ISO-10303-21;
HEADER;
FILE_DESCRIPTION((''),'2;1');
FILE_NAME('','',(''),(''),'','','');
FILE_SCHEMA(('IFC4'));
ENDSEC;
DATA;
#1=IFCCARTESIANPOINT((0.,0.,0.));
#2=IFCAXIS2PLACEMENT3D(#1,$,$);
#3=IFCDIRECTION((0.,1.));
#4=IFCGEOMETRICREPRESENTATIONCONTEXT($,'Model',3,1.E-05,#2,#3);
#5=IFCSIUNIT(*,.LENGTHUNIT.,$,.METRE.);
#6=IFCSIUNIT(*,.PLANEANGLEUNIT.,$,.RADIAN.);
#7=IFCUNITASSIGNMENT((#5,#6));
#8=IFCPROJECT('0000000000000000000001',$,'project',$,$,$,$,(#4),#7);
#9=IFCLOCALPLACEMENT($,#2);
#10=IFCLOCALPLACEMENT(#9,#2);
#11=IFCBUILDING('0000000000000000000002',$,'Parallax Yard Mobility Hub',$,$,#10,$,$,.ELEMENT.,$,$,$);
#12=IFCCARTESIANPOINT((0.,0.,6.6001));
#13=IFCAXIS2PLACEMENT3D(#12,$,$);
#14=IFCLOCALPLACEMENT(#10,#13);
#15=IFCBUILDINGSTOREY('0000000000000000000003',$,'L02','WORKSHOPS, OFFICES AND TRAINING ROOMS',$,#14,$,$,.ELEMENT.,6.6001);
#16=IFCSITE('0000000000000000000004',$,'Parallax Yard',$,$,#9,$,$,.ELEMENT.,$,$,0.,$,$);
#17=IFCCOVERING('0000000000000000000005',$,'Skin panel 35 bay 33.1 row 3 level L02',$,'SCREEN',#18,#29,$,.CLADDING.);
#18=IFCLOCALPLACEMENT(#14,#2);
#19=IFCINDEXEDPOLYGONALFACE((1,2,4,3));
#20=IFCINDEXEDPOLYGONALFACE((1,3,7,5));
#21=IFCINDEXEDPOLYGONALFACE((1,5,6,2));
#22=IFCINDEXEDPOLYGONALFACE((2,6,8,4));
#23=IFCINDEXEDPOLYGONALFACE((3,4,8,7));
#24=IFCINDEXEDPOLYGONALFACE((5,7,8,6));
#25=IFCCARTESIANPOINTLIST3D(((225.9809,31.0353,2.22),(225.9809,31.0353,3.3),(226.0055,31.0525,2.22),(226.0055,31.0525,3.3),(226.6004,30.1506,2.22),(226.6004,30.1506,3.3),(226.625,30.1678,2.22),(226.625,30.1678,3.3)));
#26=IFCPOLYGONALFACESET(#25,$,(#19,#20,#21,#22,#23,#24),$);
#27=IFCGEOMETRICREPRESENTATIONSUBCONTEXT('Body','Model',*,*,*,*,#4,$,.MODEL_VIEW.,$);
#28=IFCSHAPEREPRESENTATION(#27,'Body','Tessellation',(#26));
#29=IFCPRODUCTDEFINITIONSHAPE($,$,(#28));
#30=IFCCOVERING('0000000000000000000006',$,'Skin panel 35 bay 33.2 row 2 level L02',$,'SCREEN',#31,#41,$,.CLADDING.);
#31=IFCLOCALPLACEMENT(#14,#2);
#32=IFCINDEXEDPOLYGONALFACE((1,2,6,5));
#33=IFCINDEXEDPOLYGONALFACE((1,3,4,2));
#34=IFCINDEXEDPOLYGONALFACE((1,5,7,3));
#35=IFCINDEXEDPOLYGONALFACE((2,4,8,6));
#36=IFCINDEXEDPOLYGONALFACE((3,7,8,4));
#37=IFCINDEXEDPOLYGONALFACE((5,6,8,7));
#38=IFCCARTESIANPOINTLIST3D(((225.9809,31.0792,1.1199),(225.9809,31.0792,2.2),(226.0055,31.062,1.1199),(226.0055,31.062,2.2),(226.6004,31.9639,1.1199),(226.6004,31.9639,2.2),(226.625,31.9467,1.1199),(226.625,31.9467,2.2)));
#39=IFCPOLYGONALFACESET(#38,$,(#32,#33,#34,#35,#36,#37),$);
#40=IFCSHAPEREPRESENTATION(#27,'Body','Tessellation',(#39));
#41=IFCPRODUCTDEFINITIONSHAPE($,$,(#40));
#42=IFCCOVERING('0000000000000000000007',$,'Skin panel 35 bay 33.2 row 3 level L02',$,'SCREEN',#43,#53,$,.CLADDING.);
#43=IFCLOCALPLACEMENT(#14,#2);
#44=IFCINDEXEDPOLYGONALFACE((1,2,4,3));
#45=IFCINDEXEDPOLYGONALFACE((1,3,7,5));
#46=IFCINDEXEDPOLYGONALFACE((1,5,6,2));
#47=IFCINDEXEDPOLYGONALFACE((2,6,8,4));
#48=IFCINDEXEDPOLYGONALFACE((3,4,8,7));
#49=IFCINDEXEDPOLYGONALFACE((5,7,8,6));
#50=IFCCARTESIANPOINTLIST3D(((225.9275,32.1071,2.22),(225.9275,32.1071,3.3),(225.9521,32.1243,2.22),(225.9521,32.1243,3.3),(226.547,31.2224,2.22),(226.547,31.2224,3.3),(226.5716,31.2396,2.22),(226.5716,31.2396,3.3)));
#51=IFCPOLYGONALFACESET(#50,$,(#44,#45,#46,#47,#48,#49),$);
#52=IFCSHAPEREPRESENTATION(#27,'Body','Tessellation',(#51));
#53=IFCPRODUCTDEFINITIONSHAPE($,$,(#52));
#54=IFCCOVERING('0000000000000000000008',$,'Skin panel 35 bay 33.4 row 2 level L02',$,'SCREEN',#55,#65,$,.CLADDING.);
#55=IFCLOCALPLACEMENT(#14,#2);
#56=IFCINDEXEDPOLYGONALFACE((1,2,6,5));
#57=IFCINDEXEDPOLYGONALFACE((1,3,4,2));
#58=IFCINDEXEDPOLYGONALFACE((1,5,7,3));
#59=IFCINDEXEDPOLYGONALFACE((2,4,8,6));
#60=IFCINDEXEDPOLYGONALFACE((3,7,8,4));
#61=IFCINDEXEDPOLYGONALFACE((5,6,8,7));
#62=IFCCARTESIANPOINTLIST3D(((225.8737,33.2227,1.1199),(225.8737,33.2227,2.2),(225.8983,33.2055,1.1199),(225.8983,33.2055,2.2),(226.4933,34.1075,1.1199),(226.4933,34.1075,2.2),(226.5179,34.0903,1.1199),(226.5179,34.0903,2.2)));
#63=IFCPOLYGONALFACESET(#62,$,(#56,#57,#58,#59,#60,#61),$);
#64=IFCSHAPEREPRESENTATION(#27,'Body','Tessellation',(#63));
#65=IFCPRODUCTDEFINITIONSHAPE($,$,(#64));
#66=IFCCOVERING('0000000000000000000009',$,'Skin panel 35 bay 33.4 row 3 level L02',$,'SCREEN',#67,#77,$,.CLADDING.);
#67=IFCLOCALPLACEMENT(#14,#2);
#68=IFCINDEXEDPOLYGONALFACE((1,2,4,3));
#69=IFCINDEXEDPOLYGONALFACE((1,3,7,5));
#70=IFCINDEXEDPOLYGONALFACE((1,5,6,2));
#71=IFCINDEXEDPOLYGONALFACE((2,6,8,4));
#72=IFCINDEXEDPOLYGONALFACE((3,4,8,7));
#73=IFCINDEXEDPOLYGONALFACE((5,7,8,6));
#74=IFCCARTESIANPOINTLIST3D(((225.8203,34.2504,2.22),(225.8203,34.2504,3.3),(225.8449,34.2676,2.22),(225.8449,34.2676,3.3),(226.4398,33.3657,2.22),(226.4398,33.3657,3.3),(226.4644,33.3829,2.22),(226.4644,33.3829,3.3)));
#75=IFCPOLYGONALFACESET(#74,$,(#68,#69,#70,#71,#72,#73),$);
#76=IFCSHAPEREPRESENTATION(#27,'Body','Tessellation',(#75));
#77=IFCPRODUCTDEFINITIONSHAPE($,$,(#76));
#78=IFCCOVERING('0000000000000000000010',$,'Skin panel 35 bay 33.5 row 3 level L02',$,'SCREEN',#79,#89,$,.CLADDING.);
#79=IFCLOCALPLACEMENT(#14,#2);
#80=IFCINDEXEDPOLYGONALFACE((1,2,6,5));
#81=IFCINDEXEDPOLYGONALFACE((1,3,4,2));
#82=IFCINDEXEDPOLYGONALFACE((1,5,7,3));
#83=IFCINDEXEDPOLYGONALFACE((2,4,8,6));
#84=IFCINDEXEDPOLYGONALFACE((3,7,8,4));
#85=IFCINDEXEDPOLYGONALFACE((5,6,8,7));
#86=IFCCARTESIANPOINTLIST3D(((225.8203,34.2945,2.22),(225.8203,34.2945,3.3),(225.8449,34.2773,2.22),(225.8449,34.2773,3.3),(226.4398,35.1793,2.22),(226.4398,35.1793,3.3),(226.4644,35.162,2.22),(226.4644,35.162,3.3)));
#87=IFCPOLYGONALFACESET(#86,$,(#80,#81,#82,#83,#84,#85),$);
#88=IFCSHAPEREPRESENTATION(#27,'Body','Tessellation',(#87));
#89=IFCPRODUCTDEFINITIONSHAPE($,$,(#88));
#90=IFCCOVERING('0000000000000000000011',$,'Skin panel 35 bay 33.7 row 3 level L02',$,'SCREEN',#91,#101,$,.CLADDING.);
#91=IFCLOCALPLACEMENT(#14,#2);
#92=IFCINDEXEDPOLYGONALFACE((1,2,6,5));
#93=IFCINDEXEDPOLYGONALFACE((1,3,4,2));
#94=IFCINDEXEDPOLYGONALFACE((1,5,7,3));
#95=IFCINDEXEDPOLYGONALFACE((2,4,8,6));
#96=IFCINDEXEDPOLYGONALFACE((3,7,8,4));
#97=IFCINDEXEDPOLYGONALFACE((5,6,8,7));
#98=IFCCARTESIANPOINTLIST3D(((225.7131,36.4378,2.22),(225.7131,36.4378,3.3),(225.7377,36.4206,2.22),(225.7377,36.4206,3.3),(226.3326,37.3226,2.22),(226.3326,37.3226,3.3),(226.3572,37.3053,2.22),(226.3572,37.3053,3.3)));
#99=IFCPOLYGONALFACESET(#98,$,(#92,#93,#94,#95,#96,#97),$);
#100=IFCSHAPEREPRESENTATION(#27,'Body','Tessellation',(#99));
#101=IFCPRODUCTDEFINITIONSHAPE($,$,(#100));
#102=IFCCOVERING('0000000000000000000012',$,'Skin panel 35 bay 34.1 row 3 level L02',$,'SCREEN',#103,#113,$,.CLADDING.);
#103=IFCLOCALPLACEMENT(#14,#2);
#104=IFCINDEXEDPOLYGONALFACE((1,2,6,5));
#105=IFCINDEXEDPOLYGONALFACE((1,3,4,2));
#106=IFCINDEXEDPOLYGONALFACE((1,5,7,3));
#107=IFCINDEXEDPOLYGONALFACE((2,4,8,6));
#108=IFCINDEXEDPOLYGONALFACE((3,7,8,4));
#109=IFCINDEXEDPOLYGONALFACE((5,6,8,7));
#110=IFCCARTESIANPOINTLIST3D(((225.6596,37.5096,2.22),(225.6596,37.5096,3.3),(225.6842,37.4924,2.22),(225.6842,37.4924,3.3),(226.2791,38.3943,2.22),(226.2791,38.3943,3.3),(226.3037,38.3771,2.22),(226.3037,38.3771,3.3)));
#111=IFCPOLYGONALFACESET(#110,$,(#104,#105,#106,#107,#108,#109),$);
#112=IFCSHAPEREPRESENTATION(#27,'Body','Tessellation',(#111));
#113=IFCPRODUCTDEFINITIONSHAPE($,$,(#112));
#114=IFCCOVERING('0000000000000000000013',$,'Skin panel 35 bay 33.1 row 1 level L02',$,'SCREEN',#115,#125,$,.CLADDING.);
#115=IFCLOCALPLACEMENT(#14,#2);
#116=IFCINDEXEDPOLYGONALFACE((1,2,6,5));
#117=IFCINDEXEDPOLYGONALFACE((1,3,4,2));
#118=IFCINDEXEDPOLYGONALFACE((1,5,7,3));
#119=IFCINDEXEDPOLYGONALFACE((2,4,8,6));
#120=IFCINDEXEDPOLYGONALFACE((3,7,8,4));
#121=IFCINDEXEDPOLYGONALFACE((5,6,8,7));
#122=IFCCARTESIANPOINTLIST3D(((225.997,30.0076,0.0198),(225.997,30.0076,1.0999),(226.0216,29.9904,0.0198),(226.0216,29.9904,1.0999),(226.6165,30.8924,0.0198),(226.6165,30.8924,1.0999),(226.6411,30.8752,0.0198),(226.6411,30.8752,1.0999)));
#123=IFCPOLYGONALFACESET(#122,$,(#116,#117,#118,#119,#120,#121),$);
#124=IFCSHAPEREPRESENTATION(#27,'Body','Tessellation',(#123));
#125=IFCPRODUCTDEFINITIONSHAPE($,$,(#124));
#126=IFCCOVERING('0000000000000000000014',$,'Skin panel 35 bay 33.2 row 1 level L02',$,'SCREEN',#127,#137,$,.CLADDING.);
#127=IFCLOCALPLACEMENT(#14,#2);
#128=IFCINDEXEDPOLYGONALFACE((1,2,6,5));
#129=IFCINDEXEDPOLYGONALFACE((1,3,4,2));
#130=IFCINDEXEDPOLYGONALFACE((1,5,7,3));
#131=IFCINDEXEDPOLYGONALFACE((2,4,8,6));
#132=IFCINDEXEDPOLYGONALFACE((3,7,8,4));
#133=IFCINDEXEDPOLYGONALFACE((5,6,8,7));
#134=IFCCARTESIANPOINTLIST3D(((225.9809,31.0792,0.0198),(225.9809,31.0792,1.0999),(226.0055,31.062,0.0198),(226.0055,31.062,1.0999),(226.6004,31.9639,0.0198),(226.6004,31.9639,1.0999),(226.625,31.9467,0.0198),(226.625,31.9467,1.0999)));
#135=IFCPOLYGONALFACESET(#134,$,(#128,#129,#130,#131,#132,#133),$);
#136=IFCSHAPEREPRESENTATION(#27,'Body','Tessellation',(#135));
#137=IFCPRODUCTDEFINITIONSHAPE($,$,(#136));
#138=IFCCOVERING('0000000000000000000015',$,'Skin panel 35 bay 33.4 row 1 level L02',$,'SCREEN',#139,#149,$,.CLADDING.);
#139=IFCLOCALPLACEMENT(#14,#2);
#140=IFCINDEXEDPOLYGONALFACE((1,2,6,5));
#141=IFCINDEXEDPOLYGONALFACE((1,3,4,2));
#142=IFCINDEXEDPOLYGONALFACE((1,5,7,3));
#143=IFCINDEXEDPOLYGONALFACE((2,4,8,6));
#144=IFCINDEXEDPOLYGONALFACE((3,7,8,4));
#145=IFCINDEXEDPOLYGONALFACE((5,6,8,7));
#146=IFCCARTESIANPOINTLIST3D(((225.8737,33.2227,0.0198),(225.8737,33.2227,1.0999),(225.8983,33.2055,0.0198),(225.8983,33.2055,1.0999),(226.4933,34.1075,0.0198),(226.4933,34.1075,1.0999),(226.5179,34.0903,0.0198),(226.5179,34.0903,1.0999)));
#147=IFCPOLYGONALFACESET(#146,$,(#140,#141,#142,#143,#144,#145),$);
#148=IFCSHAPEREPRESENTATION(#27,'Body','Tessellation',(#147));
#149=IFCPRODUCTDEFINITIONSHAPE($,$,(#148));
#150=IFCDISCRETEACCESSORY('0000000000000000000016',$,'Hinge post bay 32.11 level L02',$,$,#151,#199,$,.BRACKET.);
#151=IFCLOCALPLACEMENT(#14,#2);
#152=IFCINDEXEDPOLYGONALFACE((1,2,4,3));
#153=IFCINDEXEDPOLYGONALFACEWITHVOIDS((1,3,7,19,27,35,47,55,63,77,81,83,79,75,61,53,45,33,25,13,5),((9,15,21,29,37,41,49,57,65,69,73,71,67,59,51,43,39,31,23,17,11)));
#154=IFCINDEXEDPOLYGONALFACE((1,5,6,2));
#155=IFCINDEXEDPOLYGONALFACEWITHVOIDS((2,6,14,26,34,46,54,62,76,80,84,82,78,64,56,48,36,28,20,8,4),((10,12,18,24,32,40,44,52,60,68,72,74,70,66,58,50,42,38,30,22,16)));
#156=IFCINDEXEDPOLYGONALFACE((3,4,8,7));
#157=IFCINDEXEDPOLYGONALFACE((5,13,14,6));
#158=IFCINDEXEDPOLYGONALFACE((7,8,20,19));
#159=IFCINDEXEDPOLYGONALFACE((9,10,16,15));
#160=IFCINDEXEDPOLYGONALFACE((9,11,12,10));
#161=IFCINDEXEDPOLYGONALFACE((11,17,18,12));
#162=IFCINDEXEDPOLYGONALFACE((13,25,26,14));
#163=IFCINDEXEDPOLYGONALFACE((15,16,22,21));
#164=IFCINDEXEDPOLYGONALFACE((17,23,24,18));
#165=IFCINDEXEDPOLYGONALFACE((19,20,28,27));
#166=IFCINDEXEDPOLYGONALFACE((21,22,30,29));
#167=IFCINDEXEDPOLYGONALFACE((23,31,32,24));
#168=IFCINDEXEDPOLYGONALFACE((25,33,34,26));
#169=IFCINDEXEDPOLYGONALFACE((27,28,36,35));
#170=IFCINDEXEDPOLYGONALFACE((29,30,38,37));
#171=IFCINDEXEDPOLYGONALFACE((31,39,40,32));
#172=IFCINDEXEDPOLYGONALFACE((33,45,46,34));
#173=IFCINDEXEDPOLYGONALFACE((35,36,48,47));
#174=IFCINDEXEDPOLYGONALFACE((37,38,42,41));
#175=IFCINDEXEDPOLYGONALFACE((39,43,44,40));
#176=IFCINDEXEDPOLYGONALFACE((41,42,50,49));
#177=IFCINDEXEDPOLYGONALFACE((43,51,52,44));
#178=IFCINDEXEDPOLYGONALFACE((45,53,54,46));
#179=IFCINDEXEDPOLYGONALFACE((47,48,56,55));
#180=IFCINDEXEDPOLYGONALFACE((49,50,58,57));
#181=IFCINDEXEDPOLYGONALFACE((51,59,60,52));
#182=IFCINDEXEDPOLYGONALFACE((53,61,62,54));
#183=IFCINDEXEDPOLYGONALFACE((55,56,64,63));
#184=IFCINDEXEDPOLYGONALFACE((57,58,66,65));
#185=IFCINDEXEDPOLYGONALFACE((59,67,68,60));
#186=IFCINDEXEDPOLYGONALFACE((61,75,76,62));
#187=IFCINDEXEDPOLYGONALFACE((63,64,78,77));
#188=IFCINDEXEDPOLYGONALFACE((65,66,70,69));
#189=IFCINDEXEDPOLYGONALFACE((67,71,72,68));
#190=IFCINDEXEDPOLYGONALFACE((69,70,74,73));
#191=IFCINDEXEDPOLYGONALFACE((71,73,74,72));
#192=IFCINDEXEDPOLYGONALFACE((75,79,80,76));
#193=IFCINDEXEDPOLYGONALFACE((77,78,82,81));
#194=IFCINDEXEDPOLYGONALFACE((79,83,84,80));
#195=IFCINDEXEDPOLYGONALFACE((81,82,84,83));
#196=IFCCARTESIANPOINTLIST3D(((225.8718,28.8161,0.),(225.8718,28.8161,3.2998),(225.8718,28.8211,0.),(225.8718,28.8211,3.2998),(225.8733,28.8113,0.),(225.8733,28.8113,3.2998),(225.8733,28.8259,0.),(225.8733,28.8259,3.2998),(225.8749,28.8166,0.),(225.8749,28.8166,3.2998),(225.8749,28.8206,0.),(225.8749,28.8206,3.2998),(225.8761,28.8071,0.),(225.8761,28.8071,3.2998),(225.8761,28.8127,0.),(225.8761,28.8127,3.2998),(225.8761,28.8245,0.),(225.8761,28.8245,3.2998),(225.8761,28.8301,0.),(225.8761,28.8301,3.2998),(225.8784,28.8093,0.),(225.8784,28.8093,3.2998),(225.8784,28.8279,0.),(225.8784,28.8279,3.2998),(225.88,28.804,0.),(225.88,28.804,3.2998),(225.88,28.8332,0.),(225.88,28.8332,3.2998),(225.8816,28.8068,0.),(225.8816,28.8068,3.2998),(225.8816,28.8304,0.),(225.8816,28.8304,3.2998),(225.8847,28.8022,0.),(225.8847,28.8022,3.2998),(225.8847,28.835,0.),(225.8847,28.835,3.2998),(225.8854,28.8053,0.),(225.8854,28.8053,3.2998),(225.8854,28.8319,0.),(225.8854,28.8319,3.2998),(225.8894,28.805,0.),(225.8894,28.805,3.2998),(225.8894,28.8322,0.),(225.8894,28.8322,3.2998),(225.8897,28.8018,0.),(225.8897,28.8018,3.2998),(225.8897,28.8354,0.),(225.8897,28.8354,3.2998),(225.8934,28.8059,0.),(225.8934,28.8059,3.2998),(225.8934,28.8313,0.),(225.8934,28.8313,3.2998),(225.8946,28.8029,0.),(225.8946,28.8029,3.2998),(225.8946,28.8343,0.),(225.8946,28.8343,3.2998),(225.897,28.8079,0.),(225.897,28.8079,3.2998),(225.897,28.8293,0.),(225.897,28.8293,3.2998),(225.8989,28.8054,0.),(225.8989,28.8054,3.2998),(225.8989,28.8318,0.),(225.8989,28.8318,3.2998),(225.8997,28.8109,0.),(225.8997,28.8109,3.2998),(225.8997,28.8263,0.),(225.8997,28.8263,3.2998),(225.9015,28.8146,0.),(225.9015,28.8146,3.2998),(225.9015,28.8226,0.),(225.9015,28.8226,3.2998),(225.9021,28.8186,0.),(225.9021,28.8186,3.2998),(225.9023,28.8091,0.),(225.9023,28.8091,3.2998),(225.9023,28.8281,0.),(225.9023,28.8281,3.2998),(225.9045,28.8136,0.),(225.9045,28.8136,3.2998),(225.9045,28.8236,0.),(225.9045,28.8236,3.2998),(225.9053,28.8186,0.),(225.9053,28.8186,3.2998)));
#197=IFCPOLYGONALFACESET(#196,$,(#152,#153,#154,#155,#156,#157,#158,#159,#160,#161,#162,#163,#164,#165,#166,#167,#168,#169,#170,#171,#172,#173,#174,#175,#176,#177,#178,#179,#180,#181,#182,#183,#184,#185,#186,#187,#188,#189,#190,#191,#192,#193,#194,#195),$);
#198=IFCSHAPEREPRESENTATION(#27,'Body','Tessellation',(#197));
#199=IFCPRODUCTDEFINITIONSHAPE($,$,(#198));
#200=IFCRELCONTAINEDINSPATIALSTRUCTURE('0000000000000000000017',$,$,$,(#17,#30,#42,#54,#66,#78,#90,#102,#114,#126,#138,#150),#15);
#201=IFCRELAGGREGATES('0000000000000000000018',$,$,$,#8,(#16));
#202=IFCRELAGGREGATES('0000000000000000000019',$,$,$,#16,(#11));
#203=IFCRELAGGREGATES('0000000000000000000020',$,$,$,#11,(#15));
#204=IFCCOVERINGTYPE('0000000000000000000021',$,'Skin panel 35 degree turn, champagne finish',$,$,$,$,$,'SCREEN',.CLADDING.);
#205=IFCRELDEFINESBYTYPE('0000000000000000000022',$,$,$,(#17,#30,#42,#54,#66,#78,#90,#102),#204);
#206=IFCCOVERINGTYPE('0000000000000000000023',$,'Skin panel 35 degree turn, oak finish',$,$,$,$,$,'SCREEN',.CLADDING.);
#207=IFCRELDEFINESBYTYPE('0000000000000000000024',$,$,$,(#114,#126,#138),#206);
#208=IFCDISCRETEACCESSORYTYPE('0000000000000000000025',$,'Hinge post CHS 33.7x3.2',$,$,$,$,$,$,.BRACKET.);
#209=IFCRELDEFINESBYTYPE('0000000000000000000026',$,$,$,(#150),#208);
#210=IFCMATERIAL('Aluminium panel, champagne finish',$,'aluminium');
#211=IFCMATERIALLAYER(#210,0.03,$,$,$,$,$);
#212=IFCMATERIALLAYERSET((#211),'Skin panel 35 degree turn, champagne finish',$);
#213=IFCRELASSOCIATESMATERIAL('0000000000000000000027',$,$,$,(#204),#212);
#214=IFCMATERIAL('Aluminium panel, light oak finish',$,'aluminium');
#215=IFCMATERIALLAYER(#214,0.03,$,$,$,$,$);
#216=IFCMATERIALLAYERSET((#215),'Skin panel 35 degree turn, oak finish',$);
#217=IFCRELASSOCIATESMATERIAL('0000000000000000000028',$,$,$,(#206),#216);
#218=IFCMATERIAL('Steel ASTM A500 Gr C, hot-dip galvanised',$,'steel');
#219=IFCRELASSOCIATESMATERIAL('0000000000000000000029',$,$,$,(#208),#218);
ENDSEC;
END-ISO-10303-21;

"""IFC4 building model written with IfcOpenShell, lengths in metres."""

from ifc_helpers import new_model, si_unit, direction, frame, origin, origin_2d, place, context, subcontext, project, spatial, rectangle, hollow_circle, extrude, material, layer, layer_set, material_profile, profile_set, type_object, element, save


model = new_model("IFC4")

# Units and contexts
model_context = context("Model", 3, precision=1e-05, world=origin(), true_north=direction((0.0, 1.0)))
body_context = subcontext(model_context, "Body", "Model", "MODEL_VIEW")
ifc_project = project(units=[si_unit("LENGTHUNIT", "METRE"), si_unit("PLANEANGLEUNIT", "RADIAN")], contexts=[model_context])

# Site, building, storey
site_placement = place(None, origin())
site = spatial("IfcSite", under=ifc_project, at=site_placement, Name="Parallax Yard", CompositionType="ELEMENT", RefElevation=0.0)
building_placement = place(site_placement, origin())
building = spatial("IfcBuilding", under=site, at=building_placement, Name="Parallax Yard Mobility Hub", CompositionType="ELEMENT")
storey_placement = place(building_placement, frame((0.0, 0.0, 6.6001)))
storey = spatial("IfcBuildingStorey", under=building, at=storey_placement, Name="L02", Description="WORKSHOPS, OFFICES AND TRAINING ROOMS", CompositionType="ELEMENT", Elevation=6.6001)

# Coverings
ifc_material_1 = material(Name="Aluminium panel, champagne finish", Category="aluminium")
ifc_material_2 = material(Name="Aluminium panel, light oak finish", Category="aluminium")
ifc_layer_1 = layer(ifc_material_1, 0.03)
ifc_layer_set_1 = layer_set([ifc_layer_1], Name="Skin panel 35 degree turn, champagne finish")
covering_type_1 = type_object("IfcCoveringType", Name="Skin panel 35 degree turn, champagne finish", ElementType="SCREEN", PredefinedType="CLADDING", material=ifc_layer_set_1)
for number, where, z_axis, x_axis, name in (
    (1, (226.303, 30.6016, 2.22), (0.0, 0.0, 1.0), (0.573576, -0.819152, 0.0), "Skin panel 35 bay 33.1 row 3 level L02"),
    (2, (226.303, 31.5129, 1.1199), (0.0, 0.0, 1.0), (0.573576, 0.819152, 0.0), "Skin panel 35 bay 33.2 row 2 level L02"),
    (3, (226.2495, 31.6733, 2.22), (0.0, 0.0, 1.0), (0.573576, -0.819152, 0.0), "Skin panel 35 bay 33.2 row 3 level L02"),
    (4, (226.1958, 33.6565, 1.1199), (0.0, 0.0, 1.0), (0.573576, 0.819152, 0.0), "Skin panel 35 bay 33.4 row 2 level L02"),
    (5, (226.1423, 33.8167, 2.22), (0.0, 0.0, 1.0), (0.573576, -0.819152, 0.0), "Skin panel 35 bay 33.4 row 3 level L02"),
    (6, (226.1423, 34.7283, 2.22), (0.0, 0.0, 1.0), (0.573576, 0.819152, 0.0), "Skin panel 35 bay 33.5 row 3 level L02"),
    (7, (226.0352, 36.8716, 2.22), (0.0, 0.0, 1.0), (0.573576, 0.819152, 0.0), "Skin panel 35 bay 33.7 row 3 level L02"),
    (8, (225.9817, 37.9434, 2.22), (0.0, 0.0, 1.0), (0.573576, 0.819152, 0.0), "Skin panel 35 bay 34.1 row 3 level L02"),
):
    element("IfcCovering", number, at=place(storey_placement, frame(where, z_axis=z_axis, x_axis=x_axis)), inside=storey, type_object=covering_type_1, Name=name, ObjectType="SCREEN", PredefinedType="CLADDING", context=body_context, shape_type="SweptSolid", body=[
        extrude(rectangle(XDim=1.0801, YDim=0.03, at=origin_2d()), origin(), (0.0, 0.0, 1.0), 1.0801),
    ])
ifc_layer_2 = layer(ifc_material_2, 0.03)
ifc_layer_set_2 = layer_set([ifc_layer_2], Name="Skin panel 35 degree turn, oak finish")
covering_type_2 = type_object("IfcCoveringType", Name="Skin panel 35 degree turn, oak finish", ElementType="SCREEN", PredefinedType="CLADDING", material=ifc_layer_set_2)
for number, where, z_axis, x_axis, name in (
    (9, (226.3191, 30.4414, 0.0198), (0.0, 0.0, 1.0), (0.573576, 0.819152, 0.0), "Skin panel 35 bay 33.1 row 1 level L02"),
    (10, (226.303, 31.5129, 0.0198), (0.0, 0.0, 1.0), (0.573576, 0.819152, 0.0), "Skin panel 35 bay 33.2 row 1 level L02"),
    (11, (226.1958, 33.6565, 0.0198), (0.0, 0.0, 1.0), (0.573576, 0.819152, 0.0), "Skin panel 35 bay 33.4 row 1 level L02"),
):
    element("IfcCovering", number, at=place(storey_placement, frame(where, z_axis=z_axis, x_axis=x_axis)), inside=storey, type_object=covering_type_2, Name=name, ObjectType="SCREEN", PredefinedType="CLADDING", context=body_context, shape_type="SweptSolid", body=[
        extrude(rectangle(XDim=1.0801, YDim=0.03, at=origin_2d()), origin(), (0.0, 0.0, 1.0), 1.0801),
    ])

# Discrete accessory
ifc_material_3 = material(Name="Steel ASTM A500 Gr C, hot-dip galvanised", Category="steel")
ifc_material_profile = material_profile(ifc_material_3, hollow_circle(Radius=0.0168, WallThickness=0.0032, at=origin_2d()), Name="CHS 33.7x3.2")
ifc_profile_set = profile_set([ifc_material_profile], Name="Steel ASTM A500 Gr C, hot-dip galvanised")
discrete_accessory_type = type_object("IfcDiscreteAccessoryType", Name="Hinge post CHS 33.7x3.2", PredefinedType="BRACKET", material=ifc_profile_set)
for number, where, z_axis, x_axis, name in (
    (12, (225.8884, 28.8186, 0.0), (0.0, 0.0, 1.0), (1.0, 0.0, 0.0), "Hinge post bay 32.11 level L02"),
):
    element("IfcDiscreteAccessory", number, at=place(storey_placement, frame(where, z_axis=z_axis, x_axis=x_axis)), inside=storey, type_object=discrete_accessory_type, Name=name, PredefinedType="BRACKET", context=body_context, shape_type="SweptSolid", body=[
        extrude(hollow_circle(Radius=0.0168, WallThickness=0.0032, at=origin_2d()), origin(), (0.0, 0.0, 1.0), 3.2998),
    ])

save(model, "model.ifc")
